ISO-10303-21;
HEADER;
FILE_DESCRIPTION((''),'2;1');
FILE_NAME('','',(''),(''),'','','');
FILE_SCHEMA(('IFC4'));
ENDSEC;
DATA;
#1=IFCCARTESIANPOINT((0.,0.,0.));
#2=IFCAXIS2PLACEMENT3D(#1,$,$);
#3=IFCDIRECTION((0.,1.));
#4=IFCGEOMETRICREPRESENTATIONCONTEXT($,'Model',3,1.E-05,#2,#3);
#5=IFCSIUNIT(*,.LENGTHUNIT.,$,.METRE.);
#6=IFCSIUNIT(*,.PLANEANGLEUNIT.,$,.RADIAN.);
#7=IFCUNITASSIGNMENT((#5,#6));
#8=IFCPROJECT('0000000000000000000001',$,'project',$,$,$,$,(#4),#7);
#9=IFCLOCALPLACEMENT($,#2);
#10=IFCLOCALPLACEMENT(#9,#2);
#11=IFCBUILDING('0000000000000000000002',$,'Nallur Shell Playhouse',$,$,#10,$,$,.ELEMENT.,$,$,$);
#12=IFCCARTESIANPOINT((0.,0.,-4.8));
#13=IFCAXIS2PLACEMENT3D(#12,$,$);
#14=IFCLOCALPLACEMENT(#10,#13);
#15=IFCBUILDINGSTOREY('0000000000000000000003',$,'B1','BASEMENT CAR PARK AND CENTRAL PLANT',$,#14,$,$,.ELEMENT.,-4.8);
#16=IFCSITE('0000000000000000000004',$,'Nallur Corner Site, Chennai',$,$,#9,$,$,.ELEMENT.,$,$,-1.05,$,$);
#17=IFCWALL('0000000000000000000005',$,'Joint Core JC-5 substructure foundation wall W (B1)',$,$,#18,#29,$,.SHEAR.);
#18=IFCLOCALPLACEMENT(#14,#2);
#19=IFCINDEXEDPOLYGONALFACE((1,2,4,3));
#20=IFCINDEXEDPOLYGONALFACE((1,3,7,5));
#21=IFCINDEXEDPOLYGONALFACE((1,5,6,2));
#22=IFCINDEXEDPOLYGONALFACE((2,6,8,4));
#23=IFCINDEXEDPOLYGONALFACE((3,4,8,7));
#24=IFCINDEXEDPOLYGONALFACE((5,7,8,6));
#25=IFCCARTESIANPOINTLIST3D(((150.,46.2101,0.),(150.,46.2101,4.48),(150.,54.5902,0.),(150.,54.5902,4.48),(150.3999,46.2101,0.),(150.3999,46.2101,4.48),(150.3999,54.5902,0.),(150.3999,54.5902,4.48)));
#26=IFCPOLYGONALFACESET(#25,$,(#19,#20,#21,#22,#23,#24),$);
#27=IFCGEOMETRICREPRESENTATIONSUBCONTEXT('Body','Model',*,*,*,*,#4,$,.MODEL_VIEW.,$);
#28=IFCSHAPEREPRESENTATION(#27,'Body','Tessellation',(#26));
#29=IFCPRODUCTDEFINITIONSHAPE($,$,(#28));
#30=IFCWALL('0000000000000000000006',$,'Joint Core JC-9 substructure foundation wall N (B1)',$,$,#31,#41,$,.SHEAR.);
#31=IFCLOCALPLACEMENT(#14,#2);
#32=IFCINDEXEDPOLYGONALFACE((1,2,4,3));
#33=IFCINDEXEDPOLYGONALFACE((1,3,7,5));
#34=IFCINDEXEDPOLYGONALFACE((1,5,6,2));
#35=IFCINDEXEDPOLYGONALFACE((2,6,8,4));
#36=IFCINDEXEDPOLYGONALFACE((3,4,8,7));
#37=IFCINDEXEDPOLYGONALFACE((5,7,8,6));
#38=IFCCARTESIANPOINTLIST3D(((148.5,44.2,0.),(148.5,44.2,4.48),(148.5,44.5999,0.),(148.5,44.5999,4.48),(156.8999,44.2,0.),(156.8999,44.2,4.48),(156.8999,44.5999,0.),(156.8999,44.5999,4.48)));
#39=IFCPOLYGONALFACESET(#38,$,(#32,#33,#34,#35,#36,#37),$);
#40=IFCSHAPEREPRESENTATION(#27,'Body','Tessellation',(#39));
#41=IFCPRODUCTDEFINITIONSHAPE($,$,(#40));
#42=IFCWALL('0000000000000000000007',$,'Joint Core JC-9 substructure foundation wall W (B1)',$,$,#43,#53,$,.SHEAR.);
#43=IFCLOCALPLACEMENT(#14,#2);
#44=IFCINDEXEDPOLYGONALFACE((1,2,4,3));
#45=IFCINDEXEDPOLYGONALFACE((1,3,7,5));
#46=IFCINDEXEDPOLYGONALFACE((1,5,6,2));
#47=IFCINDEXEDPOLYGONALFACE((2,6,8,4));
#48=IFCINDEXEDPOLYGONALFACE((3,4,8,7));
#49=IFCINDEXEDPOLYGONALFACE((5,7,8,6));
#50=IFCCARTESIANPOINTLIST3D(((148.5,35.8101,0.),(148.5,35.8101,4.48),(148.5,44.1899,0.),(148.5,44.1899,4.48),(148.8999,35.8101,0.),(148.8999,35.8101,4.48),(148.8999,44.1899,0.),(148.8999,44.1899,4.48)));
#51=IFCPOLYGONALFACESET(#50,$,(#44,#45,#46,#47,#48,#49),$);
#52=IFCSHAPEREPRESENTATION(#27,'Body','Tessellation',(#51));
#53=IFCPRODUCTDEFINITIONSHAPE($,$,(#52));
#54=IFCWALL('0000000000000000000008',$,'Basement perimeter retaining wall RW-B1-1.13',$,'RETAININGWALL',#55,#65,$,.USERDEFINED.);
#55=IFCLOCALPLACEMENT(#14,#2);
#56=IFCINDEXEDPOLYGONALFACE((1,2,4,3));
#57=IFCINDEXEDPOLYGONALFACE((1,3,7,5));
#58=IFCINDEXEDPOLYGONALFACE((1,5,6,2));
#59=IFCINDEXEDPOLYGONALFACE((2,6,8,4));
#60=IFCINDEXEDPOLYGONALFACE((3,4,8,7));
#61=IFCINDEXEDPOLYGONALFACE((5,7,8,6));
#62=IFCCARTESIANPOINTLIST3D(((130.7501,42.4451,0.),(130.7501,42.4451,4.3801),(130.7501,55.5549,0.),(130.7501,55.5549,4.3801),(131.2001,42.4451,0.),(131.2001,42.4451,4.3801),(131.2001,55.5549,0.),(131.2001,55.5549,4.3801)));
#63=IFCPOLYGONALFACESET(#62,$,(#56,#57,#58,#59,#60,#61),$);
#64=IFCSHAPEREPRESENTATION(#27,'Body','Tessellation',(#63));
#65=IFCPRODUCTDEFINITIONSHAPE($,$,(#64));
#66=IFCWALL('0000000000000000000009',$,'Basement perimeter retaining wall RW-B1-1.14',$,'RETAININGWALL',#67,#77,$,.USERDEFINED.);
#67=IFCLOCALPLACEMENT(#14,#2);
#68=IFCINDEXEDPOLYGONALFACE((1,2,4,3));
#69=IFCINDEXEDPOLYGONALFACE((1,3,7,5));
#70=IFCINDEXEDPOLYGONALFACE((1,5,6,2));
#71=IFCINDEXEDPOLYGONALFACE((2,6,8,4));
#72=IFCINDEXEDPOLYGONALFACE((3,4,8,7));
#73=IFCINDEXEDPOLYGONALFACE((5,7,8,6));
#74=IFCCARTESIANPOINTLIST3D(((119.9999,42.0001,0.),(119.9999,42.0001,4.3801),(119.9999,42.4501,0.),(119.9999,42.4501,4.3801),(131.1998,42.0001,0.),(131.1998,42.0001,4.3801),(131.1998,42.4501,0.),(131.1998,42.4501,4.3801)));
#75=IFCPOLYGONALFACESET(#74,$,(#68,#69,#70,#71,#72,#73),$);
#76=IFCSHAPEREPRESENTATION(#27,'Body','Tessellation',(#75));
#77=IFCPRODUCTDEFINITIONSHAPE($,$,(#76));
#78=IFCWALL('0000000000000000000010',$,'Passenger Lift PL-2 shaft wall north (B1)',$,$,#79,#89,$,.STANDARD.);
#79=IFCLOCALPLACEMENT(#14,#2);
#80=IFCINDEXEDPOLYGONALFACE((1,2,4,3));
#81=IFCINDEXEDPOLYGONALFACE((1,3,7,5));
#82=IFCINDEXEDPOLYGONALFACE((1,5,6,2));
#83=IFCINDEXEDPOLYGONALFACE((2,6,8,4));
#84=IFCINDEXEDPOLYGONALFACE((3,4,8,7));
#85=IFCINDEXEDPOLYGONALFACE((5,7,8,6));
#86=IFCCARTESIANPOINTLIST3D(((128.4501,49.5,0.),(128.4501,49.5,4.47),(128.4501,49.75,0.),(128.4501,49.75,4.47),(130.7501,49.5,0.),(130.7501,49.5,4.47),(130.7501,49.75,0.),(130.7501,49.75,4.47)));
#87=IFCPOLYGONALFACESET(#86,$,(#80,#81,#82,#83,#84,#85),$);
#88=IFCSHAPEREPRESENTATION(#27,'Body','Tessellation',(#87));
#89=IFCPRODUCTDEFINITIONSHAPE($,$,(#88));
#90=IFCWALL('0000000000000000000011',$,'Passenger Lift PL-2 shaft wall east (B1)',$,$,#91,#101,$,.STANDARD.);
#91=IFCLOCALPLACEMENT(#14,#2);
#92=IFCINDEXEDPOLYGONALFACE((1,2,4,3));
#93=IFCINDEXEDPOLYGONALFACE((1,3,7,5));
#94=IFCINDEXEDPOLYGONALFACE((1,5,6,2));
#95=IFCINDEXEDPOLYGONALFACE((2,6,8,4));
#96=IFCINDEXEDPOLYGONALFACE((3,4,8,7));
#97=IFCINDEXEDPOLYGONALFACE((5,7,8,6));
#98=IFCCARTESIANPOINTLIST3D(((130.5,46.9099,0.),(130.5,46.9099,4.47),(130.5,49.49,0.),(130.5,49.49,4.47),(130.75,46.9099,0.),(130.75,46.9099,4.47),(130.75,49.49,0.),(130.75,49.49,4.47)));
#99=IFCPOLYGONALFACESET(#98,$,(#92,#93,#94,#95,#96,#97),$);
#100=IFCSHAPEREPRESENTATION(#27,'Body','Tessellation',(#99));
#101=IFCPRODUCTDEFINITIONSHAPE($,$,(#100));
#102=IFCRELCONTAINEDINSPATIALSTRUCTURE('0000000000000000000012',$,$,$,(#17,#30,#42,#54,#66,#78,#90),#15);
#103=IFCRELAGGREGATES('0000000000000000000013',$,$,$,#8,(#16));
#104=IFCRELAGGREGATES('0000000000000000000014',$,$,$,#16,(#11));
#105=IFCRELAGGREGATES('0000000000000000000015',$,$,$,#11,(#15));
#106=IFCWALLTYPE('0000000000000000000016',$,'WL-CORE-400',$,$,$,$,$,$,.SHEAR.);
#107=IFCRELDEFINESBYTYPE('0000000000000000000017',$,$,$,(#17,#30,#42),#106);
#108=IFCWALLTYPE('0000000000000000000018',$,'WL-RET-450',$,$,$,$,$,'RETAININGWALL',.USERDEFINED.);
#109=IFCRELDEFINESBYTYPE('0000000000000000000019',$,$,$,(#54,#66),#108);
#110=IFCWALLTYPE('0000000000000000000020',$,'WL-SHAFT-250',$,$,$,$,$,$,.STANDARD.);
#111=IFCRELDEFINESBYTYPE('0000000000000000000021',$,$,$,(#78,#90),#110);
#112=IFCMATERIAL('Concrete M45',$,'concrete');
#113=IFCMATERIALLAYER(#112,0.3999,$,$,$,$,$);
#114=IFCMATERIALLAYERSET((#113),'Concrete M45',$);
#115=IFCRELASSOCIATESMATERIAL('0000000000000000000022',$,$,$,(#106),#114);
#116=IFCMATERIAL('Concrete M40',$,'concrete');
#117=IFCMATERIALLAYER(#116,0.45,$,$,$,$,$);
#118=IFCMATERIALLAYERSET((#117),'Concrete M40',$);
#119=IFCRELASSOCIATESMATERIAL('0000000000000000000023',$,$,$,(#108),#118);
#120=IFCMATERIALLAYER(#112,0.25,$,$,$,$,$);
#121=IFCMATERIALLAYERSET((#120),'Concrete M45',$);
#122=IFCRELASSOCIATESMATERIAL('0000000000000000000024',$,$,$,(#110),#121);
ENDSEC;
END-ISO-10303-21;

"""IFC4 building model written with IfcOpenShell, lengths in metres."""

from ifc_helpers import new_model, si_unit, direction, frame, frame_2d, origin, place, context, subcontext, project, spatial, rectangle, extrude, material, layer, layer_set, type_object, element, save


model = new_model("IFC4")

# Units and contexts
model_context = context("Model", 3, precision=1e-05, world=origin(), true_north=direction((0.0, 1.0)))
body_context = subcontext(model_context, "Body", "Model", "MODEL_VIEW")
ifc_project = project(units=[si_unit("LENGTHUNIT", "METRE"), si_unit("PLANEANGLEUNIT", "RADIAN")], contexts=[model_context])

# Site, building, storey
site_placement = place(None, origin())
site = spatial("IfcSite", under=ifc_project, at=site_placement, Name="Nallur Corner Site, Chennai", CompositionType="ELEMENT", RefElevation=-1.05)
building_placement = place(site_placement, origin())
building = spatial("IfcBuilding", under=site, at=building_placement, Name="Nallur Shell Playhouse", CompositionType="ELEMENT")
storey_placement = place(building_placement, frame((0.0, 0.0, -4.8)))
storey = spatial("IfcBuildingStorey", under=building, at=storey_placement, Name="B1", Description="BASEMENT CAR PARK AND CENTRAL PLANT", CompositionType="ELEMENT", Elevation=-4.8)

# Shared definitions
ifc_material_1 = material(Name="Concrete M40", Category="concrete")

# Walls
ifc_material_2 = material(Name="Concrete M45", Category="concrete")
ifc_layer_1 = layer(ifc_material_2, 0.3999)
ifc_layer_set_1 = layer_set([ifc_layer_1], Name="Concrete M45")
wall_type_1 = type_object("IfcWallType", Name="WL-CORE-400", PredefinedType="SHEAR", material=ifc_layer_set_1)
for number, where, z_axis, x_axis, name in (
    (1, (150.2, 54.5901, 0.0), (0.0, 0.0, 1.0), (0.0, -1.0, 0.0), "Joint Core JC-5 substructure foundation wall W (B1)"),
):
    element("IfcWall", number, at=place(storey_placement, frame(where, z_axis=z_axis, x_axis=x_axis)), inside=storey, type_object=wall_type_1, Name=name, PredefinedType="SHEAR", context=body_context, shape_type="SweptSolid", body=[
        extrude(rectangle(XDim=8.3801, YDim=0.3999, at=frame_2d((4.1899, 0.0))), origin(), (0.0, 0.0, 1.0), 4.48),
    ])
wall_1_placement = place(storey_placement, frame((156.8999, 44.3999, 0.0), z_axis=(0.0, 0.0, 1.0), x_axis=(-1.0, 0.0, 0.0)))
element("IfcWall", 2, at=wall_1_placement, inside=storey, type_object=wall_type_1, Name="Joint Core JC-9 substructure foundation wall N (B1)", PredefinedType="SHEAR", context=body_context, shape_type="SweptSolid", body=[
    extrude(rectangle(XDim=8.3999, YDim=0.3999, at=frame_2d((4.2, 0.0))), origin(), (0.0, 0.0, 1.0), 4.48),
])
wall_2_placement = place(storey_placement, frame((148.7, 44.1899, 0.0), z_axis=(0.0, 0.0, 1.0), x_axis=(0.0, -1.0, 0.0)))
element("IfcWall", 3, at=wall_2_placement, inside=storey, type_object=wall_type_1, Name="Joint Core JC-9 substructure foundation wall W (B1)", PredefinedType="SHEAR", context=body_context, shape_type="SweptSolid", body=[
    extrude(rectangle(XDim=8.3799, YDim=0.3999, at=frame_2d((4.1899, 0.0))), origin(), (0.0, 0.0, 1.0), 4.48),
])
ifc_layer_2 = layer(ifc_material_1, 0.45)
ifc_layer_set_2 = layer_set([ifc_layer_2], Name="Concrete M40")
wall_type_2 = type_object("IfcWallType", Name="WL-RET-450", ElementType="RETAININGWALL", PredefinedType="USERDEFINED", material=ifc_layer_set_2)
wall_3_placement = place(storey_placement, frame((130.9751, 55.5549, 0.0), z_axis=(0.0, 0.0, 1.0), x_axis=(0.0, -1.0, 0.0)))
element("IfcWall", 4, at=wall_3_placement, inside=storey, type_object=wall_type_2, Name="Basement perimeter retaining wall RW-B1-1.13", ObjectType="RETAININGWALL", PredefinedType="USERDEFINED", context=body_context, shape_type="SweptSolid", body=[
    extrude(rectangle(XDim=13.1099, YDim=0.45, at=frame_2d((6.5549, 0.0))), origin(), (0.0, 0.0, 1.0), 4.3801),
])
wall_4_placement = place(storey_placement, frame((131.2, 42.2251, 0.0), z_axis=(0.0, 0.0, 1.0), x_axis=(-1.0, 0.0, 0.0)))
element("IfcWall", 5, at=wall_4_placement, inside=storey, type_object=wall_type_2, Name="Basement perimeter retaining wall RW-B1-1.14", ObjectType="RETAININGWALL", PredefinedType="USERDEFINED", context=body_context, shape_type="SweptSolid", body=[
    extrude(rectangle(XDim=11.2, YDim=0.45, at=frame_2d((5.6001, 0.0))), origin(), (0.0, 0.0, 1.0), 4.3801),
])
ifc_layer_3 = layer(ifc_material_2, 0.25)
ifc_layer_set_3 = layer_set([ifc_layer_3], Name="Concrete M45")
wall_type_3 = type_object("IfcWallType", Name="WL-SHAFT-250", PredefinedType="STANDARD", material=ifc_layer_set_3)
wall_5_placement = place(storey_placement, frame((130.75, 49.625, 0.0), z_axis=(0.0, 0.0, 1.0), x_axis=(-1.0, 0.0, 0.0)))
element("IfcWall", 6, at=wall_5_placement, inside=storey, type_object=wall_type_3, Name="Passenger Lift PL-2 shaft wall north (B1)", PredefinedType="STANDARD", context=body_context, shape_type="SweptSolid", body=[
    extrude(rectangle(XDim=2.3, YDim=0.25, at=frame_2d((1.1499, 0.0))), origin(), (0.0, 0.0, 1.0), 4.47),
])
wall_6_placement = place(storey_placement, frame((130.625, 46.9099, 0.0), z_axis=(0.0, 0.0, 1.0), x_axis=(0.0, 1.0, 0.0)))
element("IfcWall", 7, at=wall_6_placement, inside=storey, type_object=wall_type_3, Name="Passenger Lift PL-2 shaft wall east (B1)", PredefinedType="STANDARD", context=body_context, shape_type="SweptSolid", body=[
    extrude(rectangle(XDim=2.5801, YDim=0.25, at=frame_2d((1.29, 0.0))), origin(), (0.0, 0.0, 1.0), 4.47),
])

save(model, "model.ifc")
